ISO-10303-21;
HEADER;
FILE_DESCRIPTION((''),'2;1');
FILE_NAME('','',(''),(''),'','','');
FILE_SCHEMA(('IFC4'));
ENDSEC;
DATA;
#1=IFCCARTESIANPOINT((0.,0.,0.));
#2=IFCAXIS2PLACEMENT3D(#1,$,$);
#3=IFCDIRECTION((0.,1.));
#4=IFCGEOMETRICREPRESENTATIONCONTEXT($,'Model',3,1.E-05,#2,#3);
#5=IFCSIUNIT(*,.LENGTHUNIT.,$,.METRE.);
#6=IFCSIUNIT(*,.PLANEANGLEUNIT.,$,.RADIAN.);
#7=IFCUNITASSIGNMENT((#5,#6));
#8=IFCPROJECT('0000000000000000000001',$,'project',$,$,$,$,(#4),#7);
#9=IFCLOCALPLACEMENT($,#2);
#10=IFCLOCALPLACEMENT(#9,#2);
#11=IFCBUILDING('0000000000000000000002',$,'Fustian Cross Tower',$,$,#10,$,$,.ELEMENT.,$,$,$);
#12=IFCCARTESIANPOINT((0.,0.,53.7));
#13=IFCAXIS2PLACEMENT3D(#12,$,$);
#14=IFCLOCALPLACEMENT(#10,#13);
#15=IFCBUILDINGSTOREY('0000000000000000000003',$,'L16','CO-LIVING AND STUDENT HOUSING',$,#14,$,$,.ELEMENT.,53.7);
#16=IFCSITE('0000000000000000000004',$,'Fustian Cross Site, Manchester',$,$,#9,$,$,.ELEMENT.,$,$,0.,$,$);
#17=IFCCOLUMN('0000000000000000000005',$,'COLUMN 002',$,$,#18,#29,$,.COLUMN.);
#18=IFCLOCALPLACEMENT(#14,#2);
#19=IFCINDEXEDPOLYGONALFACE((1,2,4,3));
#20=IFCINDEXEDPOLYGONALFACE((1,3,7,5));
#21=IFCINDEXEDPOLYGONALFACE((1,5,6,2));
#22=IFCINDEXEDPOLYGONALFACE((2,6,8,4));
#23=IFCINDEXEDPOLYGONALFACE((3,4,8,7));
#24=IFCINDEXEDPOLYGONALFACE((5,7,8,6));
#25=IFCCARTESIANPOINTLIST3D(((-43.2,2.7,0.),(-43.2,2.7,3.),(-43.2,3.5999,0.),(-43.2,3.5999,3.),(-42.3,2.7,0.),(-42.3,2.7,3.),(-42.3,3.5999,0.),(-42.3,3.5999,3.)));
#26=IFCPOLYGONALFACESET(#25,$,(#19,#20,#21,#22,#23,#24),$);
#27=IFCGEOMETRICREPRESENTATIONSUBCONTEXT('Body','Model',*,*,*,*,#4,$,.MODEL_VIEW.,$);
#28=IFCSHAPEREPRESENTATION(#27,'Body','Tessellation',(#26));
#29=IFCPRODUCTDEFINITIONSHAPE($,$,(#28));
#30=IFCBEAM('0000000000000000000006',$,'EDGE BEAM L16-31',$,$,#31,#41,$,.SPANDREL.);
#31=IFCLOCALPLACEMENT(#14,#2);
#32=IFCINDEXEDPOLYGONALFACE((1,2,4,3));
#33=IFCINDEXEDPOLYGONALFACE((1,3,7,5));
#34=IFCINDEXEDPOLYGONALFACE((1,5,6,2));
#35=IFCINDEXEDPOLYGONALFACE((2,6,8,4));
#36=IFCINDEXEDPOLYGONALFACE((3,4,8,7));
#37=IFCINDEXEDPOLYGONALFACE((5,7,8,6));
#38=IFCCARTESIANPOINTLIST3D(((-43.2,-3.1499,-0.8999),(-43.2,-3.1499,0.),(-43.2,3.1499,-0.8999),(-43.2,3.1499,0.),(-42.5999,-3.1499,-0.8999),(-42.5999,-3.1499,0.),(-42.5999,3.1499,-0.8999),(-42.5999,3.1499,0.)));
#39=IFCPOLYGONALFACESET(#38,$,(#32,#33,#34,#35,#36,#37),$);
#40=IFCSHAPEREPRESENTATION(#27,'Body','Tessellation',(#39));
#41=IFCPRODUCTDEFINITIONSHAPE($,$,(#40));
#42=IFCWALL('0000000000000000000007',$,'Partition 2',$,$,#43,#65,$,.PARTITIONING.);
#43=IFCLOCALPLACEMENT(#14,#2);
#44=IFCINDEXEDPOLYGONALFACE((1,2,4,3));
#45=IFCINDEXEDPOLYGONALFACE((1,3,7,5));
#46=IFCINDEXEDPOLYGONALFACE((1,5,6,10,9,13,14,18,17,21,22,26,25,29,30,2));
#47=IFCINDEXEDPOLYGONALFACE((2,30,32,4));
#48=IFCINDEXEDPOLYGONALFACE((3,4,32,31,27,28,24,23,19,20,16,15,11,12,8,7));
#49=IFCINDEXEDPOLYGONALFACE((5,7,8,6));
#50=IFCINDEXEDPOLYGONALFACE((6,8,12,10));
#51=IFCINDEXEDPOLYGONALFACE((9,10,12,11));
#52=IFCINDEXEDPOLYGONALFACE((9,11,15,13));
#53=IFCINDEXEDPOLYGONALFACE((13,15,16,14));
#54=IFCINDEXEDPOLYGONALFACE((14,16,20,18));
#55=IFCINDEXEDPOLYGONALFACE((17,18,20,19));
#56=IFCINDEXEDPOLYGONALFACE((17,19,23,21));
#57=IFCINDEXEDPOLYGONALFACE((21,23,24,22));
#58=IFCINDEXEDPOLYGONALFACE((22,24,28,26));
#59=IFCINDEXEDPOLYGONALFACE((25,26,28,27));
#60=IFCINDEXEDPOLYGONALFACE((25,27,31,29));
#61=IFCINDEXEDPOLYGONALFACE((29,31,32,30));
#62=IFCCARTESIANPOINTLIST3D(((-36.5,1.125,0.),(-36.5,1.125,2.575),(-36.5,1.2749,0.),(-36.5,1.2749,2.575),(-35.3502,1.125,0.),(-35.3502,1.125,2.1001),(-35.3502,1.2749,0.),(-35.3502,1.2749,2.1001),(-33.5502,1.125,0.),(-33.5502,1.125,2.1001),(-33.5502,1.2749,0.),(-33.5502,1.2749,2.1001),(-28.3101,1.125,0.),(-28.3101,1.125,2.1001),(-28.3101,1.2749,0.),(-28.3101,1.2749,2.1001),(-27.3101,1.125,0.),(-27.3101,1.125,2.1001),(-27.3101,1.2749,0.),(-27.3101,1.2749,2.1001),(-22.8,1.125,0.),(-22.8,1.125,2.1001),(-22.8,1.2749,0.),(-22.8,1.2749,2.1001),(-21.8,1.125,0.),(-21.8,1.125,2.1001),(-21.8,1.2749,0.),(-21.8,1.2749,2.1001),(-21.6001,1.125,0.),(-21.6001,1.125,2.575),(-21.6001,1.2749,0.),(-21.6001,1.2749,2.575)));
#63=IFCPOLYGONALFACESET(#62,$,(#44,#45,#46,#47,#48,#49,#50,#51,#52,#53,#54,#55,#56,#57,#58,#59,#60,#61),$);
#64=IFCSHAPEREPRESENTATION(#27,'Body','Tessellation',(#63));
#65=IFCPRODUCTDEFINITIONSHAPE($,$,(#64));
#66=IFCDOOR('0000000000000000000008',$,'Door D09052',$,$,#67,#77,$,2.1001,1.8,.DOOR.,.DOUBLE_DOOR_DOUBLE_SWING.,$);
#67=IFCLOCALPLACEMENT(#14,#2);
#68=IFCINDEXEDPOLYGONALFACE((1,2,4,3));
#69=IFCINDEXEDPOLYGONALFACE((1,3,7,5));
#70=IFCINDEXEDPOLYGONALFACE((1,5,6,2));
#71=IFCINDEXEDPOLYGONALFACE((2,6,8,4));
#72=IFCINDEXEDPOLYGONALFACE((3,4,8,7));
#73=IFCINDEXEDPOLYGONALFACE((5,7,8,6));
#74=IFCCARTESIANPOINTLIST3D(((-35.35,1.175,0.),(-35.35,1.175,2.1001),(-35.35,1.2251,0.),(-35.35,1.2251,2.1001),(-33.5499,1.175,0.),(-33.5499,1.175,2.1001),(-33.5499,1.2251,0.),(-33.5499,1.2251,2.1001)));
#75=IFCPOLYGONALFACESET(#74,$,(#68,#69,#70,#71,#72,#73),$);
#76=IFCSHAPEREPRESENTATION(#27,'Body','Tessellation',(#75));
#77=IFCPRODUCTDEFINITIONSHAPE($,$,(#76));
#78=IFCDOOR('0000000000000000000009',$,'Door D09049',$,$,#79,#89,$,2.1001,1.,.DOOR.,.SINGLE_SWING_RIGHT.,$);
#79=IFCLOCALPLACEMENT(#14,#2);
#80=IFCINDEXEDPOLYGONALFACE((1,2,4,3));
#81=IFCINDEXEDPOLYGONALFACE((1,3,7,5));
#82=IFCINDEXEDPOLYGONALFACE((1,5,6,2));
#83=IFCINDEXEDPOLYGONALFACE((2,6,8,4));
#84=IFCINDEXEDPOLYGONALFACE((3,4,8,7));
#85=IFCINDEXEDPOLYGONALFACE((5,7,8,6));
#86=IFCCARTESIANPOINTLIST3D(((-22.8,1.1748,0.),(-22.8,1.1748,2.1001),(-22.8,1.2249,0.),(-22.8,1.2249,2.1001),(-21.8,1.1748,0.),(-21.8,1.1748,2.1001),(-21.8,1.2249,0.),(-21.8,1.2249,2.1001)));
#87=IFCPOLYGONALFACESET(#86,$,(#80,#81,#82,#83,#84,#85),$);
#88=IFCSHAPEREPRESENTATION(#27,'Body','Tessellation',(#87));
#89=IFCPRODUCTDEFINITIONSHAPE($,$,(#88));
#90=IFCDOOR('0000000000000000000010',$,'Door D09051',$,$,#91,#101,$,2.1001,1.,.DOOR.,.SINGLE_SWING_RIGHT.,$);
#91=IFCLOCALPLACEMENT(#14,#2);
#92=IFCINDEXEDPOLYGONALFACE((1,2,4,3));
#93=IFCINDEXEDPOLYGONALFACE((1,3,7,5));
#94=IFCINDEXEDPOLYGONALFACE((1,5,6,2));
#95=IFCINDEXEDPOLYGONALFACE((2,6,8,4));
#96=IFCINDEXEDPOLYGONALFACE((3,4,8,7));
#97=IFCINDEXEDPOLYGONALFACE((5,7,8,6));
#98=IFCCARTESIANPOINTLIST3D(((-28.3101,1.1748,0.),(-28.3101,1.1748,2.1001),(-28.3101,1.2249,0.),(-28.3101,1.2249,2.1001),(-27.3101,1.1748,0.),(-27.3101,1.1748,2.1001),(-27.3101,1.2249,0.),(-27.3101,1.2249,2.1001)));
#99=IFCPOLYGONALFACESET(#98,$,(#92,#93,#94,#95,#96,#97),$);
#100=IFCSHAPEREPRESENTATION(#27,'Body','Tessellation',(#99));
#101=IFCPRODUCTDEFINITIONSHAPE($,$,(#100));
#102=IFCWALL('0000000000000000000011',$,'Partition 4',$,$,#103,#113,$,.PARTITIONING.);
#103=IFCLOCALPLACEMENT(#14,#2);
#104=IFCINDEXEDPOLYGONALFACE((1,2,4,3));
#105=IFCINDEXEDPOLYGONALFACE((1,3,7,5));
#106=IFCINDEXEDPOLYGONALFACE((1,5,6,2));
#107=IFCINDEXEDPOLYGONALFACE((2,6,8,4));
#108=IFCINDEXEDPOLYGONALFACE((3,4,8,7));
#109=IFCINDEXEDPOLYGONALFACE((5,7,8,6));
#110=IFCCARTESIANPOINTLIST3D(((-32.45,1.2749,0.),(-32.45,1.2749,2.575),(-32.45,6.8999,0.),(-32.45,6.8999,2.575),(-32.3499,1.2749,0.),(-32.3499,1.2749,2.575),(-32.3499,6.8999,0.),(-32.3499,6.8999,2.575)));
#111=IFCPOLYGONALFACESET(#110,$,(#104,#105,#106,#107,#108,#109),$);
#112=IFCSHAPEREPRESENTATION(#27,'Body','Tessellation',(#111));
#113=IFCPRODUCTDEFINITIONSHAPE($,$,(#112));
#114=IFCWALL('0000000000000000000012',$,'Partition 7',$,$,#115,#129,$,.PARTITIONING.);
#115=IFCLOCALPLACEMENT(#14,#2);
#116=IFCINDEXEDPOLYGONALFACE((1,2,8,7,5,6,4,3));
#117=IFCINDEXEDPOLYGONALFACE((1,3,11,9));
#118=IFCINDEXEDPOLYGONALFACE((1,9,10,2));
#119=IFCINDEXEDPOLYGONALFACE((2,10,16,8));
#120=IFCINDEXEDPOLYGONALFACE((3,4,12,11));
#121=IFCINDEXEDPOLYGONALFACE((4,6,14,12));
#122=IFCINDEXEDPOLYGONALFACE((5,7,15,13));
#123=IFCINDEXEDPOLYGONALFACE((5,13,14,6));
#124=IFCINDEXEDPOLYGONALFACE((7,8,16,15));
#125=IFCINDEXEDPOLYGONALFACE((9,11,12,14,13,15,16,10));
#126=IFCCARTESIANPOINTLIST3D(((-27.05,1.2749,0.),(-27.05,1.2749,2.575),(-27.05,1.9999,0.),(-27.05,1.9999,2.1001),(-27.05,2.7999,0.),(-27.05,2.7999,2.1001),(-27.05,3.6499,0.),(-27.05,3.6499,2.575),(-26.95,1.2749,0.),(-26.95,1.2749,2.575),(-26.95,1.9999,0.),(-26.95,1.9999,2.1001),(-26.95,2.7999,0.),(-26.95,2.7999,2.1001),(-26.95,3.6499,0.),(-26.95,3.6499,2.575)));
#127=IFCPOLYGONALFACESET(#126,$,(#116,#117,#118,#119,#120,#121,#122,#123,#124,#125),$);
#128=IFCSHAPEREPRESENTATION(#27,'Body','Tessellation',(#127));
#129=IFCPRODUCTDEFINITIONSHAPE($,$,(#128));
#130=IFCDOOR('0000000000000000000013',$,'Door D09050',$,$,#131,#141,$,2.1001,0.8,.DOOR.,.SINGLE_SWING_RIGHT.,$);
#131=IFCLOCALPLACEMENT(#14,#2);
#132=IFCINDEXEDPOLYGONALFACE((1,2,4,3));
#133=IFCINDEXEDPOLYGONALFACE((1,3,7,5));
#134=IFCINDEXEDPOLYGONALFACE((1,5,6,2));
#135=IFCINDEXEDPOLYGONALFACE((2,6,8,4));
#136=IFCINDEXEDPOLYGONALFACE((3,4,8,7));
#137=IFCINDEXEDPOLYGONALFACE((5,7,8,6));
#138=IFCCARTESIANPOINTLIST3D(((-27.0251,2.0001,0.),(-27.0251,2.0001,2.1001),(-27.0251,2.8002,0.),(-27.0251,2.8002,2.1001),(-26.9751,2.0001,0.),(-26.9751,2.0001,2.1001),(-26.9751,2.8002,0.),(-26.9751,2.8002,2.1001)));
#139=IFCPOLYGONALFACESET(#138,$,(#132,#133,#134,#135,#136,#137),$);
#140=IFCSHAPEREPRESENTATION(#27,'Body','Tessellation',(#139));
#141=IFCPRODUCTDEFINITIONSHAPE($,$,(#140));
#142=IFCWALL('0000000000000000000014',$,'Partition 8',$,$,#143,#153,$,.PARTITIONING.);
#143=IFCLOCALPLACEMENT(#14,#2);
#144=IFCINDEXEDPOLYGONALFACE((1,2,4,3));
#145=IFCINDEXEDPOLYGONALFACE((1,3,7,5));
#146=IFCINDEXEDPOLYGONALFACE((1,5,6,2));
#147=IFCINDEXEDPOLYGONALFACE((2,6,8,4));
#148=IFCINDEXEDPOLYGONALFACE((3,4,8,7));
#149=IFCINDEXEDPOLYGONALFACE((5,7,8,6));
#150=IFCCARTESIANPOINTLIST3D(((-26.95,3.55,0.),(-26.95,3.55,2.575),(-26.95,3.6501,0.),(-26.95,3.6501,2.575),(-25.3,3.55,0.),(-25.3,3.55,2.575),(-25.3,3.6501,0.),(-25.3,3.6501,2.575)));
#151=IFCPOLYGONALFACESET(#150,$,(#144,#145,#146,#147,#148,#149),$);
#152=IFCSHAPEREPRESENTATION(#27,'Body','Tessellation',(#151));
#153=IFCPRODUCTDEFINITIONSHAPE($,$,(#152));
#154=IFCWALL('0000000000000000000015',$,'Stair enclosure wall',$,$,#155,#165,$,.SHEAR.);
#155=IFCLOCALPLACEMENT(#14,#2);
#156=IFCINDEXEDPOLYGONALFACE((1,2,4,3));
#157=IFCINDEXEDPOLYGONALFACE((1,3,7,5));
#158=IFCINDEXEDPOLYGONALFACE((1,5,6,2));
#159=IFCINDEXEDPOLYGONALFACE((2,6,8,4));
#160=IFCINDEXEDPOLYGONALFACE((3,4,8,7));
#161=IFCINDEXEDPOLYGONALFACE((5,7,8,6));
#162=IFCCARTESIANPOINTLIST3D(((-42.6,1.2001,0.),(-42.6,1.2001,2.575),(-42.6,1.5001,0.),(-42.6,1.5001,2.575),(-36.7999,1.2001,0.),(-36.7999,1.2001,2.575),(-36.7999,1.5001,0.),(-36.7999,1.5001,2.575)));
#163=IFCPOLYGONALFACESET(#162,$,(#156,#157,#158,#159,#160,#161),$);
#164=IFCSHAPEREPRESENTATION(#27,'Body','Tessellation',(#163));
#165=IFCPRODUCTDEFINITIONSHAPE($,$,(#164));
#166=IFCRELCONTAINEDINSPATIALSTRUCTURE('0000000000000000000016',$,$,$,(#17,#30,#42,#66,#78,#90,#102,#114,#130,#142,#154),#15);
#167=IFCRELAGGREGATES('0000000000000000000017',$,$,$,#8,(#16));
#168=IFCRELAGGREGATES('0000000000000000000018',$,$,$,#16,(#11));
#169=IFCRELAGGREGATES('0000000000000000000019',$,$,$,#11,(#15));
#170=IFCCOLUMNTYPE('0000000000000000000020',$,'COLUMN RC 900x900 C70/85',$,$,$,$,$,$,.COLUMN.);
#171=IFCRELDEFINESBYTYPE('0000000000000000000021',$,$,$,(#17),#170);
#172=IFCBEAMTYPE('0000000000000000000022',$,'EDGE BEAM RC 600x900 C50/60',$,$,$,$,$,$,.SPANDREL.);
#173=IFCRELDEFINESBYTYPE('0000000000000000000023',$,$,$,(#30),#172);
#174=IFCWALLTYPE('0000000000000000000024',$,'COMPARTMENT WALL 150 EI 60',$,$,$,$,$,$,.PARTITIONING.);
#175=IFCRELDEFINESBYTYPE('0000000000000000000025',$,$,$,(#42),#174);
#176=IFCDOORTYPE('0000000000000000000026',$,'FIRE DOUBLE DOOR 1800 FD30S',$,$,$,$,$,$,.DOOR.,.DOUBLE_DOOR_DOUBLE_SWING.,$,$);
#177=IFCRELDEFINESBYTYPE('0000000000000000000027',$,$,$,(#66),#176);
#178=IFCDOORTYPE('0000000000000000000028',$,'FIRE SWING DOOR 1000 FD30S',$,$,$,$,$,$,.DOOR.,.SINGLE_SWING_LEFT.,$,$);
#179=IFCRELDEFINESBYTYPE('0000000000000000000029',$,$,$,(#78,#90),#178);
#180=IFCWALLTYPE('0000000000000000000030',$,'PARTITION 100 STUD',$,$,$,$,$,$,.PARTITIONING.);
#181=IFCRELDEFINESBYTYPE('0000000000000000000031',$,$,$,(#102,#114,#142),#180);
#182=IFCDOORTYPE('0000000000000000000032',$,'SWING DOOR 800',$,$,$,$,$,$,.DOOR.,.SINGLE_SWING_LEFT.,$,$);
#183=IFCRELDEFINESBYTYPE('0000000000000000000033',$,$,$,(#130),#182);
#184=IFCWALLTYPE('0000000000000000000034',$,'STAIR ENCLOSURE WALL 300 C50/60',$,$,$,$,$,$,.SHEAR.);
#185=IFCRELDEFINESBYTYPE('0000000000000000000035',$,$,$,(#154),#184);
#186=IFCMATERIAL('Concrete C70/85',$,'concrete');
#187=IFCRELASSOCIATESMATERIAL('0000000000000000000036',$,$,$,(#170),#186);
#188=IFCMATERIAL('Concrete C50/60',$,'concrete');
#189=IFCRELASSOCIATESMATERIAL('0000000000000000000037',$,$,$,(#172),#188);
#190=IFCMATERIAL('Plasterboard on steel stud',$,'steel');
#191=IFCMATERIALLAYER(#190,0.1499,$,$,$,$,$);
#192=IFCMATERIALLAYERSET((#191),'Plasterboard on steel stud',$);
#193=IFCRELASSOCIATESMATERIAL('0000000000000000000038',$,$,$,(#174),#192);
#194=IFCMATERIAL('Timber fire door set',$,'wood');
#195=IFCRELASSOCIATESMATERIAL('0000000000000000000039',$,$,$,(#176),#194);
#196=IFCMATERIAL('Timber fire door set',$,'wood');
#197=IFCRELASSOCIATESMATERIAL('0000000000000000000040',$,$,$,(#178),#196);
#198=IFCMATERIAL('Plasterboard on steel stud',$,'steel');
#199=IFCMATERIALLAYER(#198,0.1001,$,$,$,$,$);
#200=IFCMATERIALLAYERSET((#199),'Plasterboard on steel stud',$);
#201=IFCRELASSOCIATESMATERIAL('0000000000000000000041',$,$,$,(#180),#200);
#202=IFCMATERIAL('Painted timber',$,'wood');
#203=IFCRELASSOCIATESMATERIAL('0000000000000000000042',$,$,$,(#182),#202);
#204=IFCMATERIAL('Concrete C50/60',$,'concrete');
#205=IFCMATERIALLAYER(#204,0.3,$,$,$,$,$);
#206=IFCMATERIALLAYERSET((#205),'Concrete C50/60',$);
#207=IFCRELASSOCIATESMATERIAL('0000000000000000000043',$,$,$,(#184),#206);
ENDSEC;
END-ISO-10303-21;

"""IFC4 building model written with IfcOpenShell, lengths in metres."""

from ifc_helpers import new_model, si_unit, direction, frame, frame_2d, origin, origin_2d, place, context, subcontext, project, spatial, rectangle, extrude, material, layer, layer_set, material_profile, profile_set, type_object, element, fill, save


model = new_model("IFC4")

# Units and contexts
model_context = context("Model", 3, precision=1e-05, world=origin(), true_north=direction((0.0, 1.0)))
body_context = subcontext(model_context, "Body", "Model", "MODEL_VIEW")
ifc_project = project(units=[si_unit("LENGTHUNIT", "METRE"), si_unit("PLANEANGLEUNIT", "RADIAN")], contexts=[model_context])

# Site, building, storey
site_placement = place(None, origin())
site = spatial("IfcSite", under=ifc_project, at=site_placement, Name="Fustian Cross Site, Manchester", CompositionType="ELEMENT", RefElevation=0.0)
building_placement = place(site_placement, origin())
building = spatial("IfcBuilding", under=site, at=building_placement, Name="Fustian Cross Tower", CompositionType="ELEMENT")
storey_placement = place(building_placement, frame((0.0, 0.0, 53.7)))
storey = spatial("IfcBuildingStorey", under=building, at=storey_placement, Name="L16", Description="CO-LIVING AND STUDENT HOUSING", CompositionType="ELEMENT", Elevation=53.7)

# Column
ifc_material_1 = material(Name="Concrete C70/85", Category="concrete")
ifc_material_profile_1 = material_profile(ifc_material_1, rectangle(XDim=0.8999, YDim=0.8999, at=origin_2d()), Name="RC 900x900")
ifc_profile_set_1 = profile_set([ifc_material_profile_1], Name="Concrete C70/85")
column_type = type_object("IfcColumnType", Name="COLUMN RC 900x900 C70/85", PredefinedType="COLUMN", material=ifc_profile_set_1)
column_placement = place(storey_placement, frame((-42.75, 3.1499, 0.0), z_axis=(0.0, 0.0, 1.0), x_axis=(1.0, 0.0, 0.0)))
element("IfcColumn", 1, at=column_placement, inside=storey, type_object=column_type, Name="COLUMN 002", PredefinedType="COLUMN", context=body_context, shape_type="SweptSolid", body=[
    extrude(rectangle(XDim=0.8999, YDim=0.8999, at=origin_2d()), origin(), (0.0, 0.0, 1.0), 3.0),
])

# Beam
ifc_material_2 = material(Name="Concrete C50/60", Category="concrete")
ifc_material_profile_2 = material_profile(ifc_material_2, rectangle(XDim=0.6001, YDim=0.8999, at=origin_2d()), Name="RC 600x900")
ifc_profile_set_2 = profile_set([ifc_material_profile_2], Name="Concrete C50/60")
beam_type = type_object("IfcBeamType", Name="EDGE BEAM RC 600x900 C50/60", PredefinedType="SPANDREL", material=ifc_profile_set_2)
beam_placement = place(storey_placement, frame((-42.8999, 3.1499, -0.45), z_axis=(0.0, -1.0, 0.0), x_axis=(1.0, 0.0, 0.0)))
element("IfcBeam", 2, at=beam_placement, inside=storey, type_object=beam_type, Name="EDGE BEAM L16-31", PredefinedType="SPANDREL", context=body_context, shape_type="SweptSolid", body=[
    extrude(rectangle(XDim=0.6001, YDim=0.8999, at=origin_2d()), origin(), (0.0, 0.0, 1.0), 6.2998),
])

# Wall, openings, doors
ifc_material_3 = material(Name="Plasterboard on steel stud", Category="steel")
ifc_layer_1 = layer(ifc_material_3, 0.1499)
ifc_layer_set_1 = layer_set([ifc_layer_1], Name="Plasterboard on steel stud")
wall_type_1 = type_object("IfcWallType", Name="COMPARTMENT WALL 150 EI 60", PredefinedType="PARTITIONING", material=ifc_layer_set_1)
wall_1_placement = place(storey_placement, frame((-36.5, 1.2, 0.0), z_axis=(0.0, 0.0, 1.0), x_axis=(1.0, 0.0, 0.0)))
wall_1 = element("IfcWall", 3, at=wall_1_placement, inside=storey, type_object=wall_type_1, Name="Partition 2", PredefinedType="PARTITIONING", context=body_context, shape_type="SweptSolid", body=[
    extrude(rectangle(XDim=14.8999, YDim=0.1499, at=frame_2d((7.45, 0.0))), origin(), (0.0, 0.0, 1.0), 2.575),
])
opening_1_placement = place(wall_1_placement, frame((13.7, 0.0, 0.0)))
opening_1 = element("IfcOpeningElement", 4, at=opening_1_placement, cuts=wall_1, PredefinedType="OPENING", context=body_context, shape_type="SweptSolid", body=[
    extrude(rectangle(XDim=1.0, YDim=2.1001, at=frame_2d((0.5, 1.05))), frame((0.0, 0.085, 0.0), z_axis=(0.0, -1.0, 0.0), x_axis=(1.0, 0.0, 0.0)), (0.0, 0.0, 1.0), 0.1699),
])
opening_2_placement = place(wall_1_placement, frame((8.1899, 0.0, 0.0)))
opening_2 = element("IfcOpeningElement", 5, at=opening_2_placement, cuts=wall_1, PredefinedType="OPENING", context=body_context, shape_type="SweptSolid", body=[
    extrude(rectangle(XDim=1.0, YDim=2.1001, at=frame_2d((0.5, 1.05))), frame((0.0, 0.085, 0.0), z_axis=(0.0, -1.0, 0.0), x_axis=(1.0, 0.0, 0.0)), (0.0, 0.0, 1.0), 0.1699),
])
opening_3_placement = place(wall_1_placement, frame((1.1499, 0.0, 0.0)))
opening_3 = element("IfcOpeningElement", 6, at=opening_3_placement, cuts=wall_1, PredefinedType="OPENING", context=body_context, shape_type="SweptSolid", body=[
    extrude(rectangle(XDim=1.8, YDim=2.1001, at=frame_2d((0.8999, 1.05))), frame((0.0, 0.085, 0.0), z_axis=(0.0, -1.0, 0.0), x_axis=(1.0, 0.0, 0.0)), (0.0, 0.0, 1.0), 0.1699),
])
ifc_material_4 = material(Name="Timber fire door set", Category="wood")
door_type_1 = type_object("IfcDoorType", Name="FIRE DOUBLE DOOR 1800 FD30S", OperationType="DOUBLE_DOOR_DOUBLE_SWING", PredefinedType="DOOR", material=ifc_material_4)
door_1_placement = place(opening_3_placement, frame((1.8, 0.0, 0.0), z_axis=(0.0, 0.0, 1.0), x_axis=(-1.0, 0.0, 0.0)))
door_1 = element("IfcDoor", 7, at=door_1_placement, inside=storey, type_object=door_type_1, Name="Door D09052", OperationType="DOUBLE_DOOR_DOUBLE_SWING", OverallHeight=2.1001, OverallWidth=1.8, PredefinedType="DOOR", context=body_context, shape_type="SweptSolid", body=[
    extrude(rectangle(XDim=1.8, YDim=2.1001, at=frame_2d((0.8999, 1.05))), frame((0.0, 0.0249, 0.0), z_axis=(0.0, -1.0, 0.0), x_axis=(1.0, 0.0, 0.0)), (0.0, 0.0, 1.0), 0.05),
])
fill(opening_3, door_1)
ifc_material_5 = material(Name="Timber fire door set", Category="wood")
door_type_2 = type_object("IfcDoorType", Name="FIRE SWING DOOR 1000 FD30S", OperationType="SINGLE_SWING_LEFT", PredefinedType="DOOR", material=ifc_material_5)
door_2_placement = place(opening_1_placement, origin())
door_2 = element("IfcDoor", 8, at=door_2_placement, inside=storey, type_object=door_type_2, Name="Door D09049", OperationType="SINGLE_SWING_RIGHT", OverallHeight=2.1001, OverallWidth=1.0, PredefinedType="DOOR", context=body_context, shape_type="SweptSolid", body=[
    extrude(rectangle(XDim=1.0, YDim=2.1001, at=frame_2d((0.5, 1.05))), frame((0.0, 0.0249, 0.0), z_axis=(0.0, -1.0, 0.0), x_axis=(1.0, 0.0, 0.0)), (0.0, 0.0, 1.0), 0.05),
])
fill(opening_1, door_2)
door_3_placement = place(opening_2_placement, origin())
door_3 = element("IfcDoor", 9, at=door_3_placement, inside=storey, type_object=door_type_2, Name="Door D09051", OperationType="SINGLE_SWING_RIGHT", OverallHeight=2.1001, OverallWidth=1.0, PredefinedType="DOOR", context=body_context, shape_type="SweptSolid", body=[
    extrude(rectangle(XDim=1.0, YDim=2.1001, at=frame_2d((0.5, 1.05))), frame((0.0, 0.0249, 0.0), z_axis=(0.0, -1.0, 0.0), x_axis=(1.0, 0.0, 0.0)), (0.0, 0.0, 1.0), 0.05),
])
fill(opening_2, door_3)

# Wall
ifc_material_6 = material(Name="Plasterboard on steel stud", Category="steel")
ifc_layer_2 = layer(ifc_material_6, 0.1001)
ifc_layer_set_2 = layer_set([ifc_layer_2], Name="Plasterboard on steel stud")
wall_type_2 = type_object("IfcWallType", Name="PARTITION 100 STUD", PredefinedType="PARTITIONING", material=ifc_layer_set_2)
wall_2_placement = place(storey_placement, frame((-32.3999, 1.2749, 0.0), z_axis=(0.0, 0.0, 1.0), x_axis=(0.0, 1.0, 0.0)))
element("IfcWall", 10, at=wall_2_placement, inside=storey, type_object=wall_type_2, Name="Partition 4", PredefinedType="PARTITIONING", context=body_context, shape_type="SweptSolid", body=[
    extrude(rectangle(XDim=5.625, YDim=0.1001, at=frame_2d((2.8125, 0.0))), origin(), (0.0, 0.0, 1.0), 2.575),
])

# Wall, opening, door
wall_3_placement = place(storey_placement, frame((-27.0, 1.2749, 0.0), z_axis=(0.0, 0.0, 1.0), x_axis=(0.0, 1.0, 0.0)))
wall_3 = element("IfcWall", 11, at=wall_3_placement, inside=storey, type_object=wall_type_2, Name="Partition 7", PredefinedType="PARTITIONING", context=body_context, shape_type="SweptSolid", body=[
    extrude(rectangle(XDim=2.375, YDim=0.1001, at=frame_2d((1.1875, 0.0))), origin(), (0.0, 0.0, 1.0), 2.575),
])
opening_4_placement = place(wall_3_placement, frame((0.7251, 0.0, 0.0)))
opening_4 = element("IfcOpeningElement", 12, at=opening_4_placement, cuts=wall_3, PredefinedType="OPENING", context=body_context, shape_type="SweptSolid", body=[
    extrude(rectangle(XDim=0.8, YDim=2.1001, at=frame_2d((0.3999, 1.05))), frame((0.0, 0.0601, 0.0), z_axis=(0.0, -1.0, 0.0), x_axis=(1.0, 0.0, 0.0)), (0.0, 0.0, 1.0), 0.1201),
])
ifc_material_7 = material(Name="Painted timber", Category="wood")
door_type_3 = type_object("IfcDoorType", Name="SWING DOOR 800", OperationType="SINGLE_SWING_LEFT", PredefinedType="DOOR", material=ifc_material_7)
door_4_placement = place(opening_4_placement, frame((0.8, 0.0, 0.0), z_axis=(0.0, 0.0, 1.0), x_axis=(-1.0, 0.0, 0.0)))
door_4 = element("IfcDoor", 13, at=door_4_placement, inside=storey, type_object=door_type_3, Name="Door D09050", OperationType="SINGLE_SWING_RIGHT", OverallHeight=2.1001, OverallWidth=0.8, PredefinedType="DOOR", context=body_context, shape_type="SweptSolid", body=[
    extrude(rectangle(XDim=0.8, YDim=2.1001, at=frame_2d((0.3999, 1.05))), frame((0.0, 0.0249, 0.0), z_axis=(0.0, -1.0, 0.0), x_axis=(1.0, 0.0, 0.0)), (0.0, 0.0, 1.0), 0.05),
])
fill(opening_4, door_4)

# Walls
wall_4_placement = place(storey_placement, frame((-26.95, 3.6001, 0.0), z_axis=(0.0, 0.0, 1.0), x_axis=(1.0, 0.0, 0.0)))
element("IfcWall", 14, at=wall_4_placement, inside=storey, type_object=wall_type_2, Name="Partition 8", PredefinedType="PARTITIONING", context=body_context, shape_type="SweptSolid", body=[
    extrude(rectangle(XDim=1.6499, YDim=0.1001, at=frame_2d((0.825, 0.0))), origin(), (0.0, 0.0, 1.0), 2.575),
])
ifc_material_8 = material(Name="Concrete C50/60", Category="concrete")
ifc_layer_3 = layer(ifc_material_8, 0.3)
ifc_layer_set_3 = layer_set([ifc_layer_3], Name="Concrete C50/60")
wall_type_3 = type_object("IfcWallType", Name="STAIR ENCLOSURE WALL 300 C50/60", PredefinedType="SHEAR", material=ifc_layer_set_3)
wall_5_placement = place(storey_placement, frame((-36.8, 1.3501, 0.0), z_axis=(0.0, 0.0, 1.0), x_axis=(-1.0, 0.0, 0.0)))
element("IfcWall", 15, at=wall_5_placement, inside=storey, type_object=wall_type_3, Name="Stair enclosure wall", PredefinedType="SHEAR", context=body_context, shape_type="SweptSolid", body=[
    extrude(rectangle(XDim=5.8, YDim=0.3, at=frame_2d((2.8999, 0.0))), origin(), (0.0, 0.0, 1.0), 2.575),
])

save(model, "model.ifc")
